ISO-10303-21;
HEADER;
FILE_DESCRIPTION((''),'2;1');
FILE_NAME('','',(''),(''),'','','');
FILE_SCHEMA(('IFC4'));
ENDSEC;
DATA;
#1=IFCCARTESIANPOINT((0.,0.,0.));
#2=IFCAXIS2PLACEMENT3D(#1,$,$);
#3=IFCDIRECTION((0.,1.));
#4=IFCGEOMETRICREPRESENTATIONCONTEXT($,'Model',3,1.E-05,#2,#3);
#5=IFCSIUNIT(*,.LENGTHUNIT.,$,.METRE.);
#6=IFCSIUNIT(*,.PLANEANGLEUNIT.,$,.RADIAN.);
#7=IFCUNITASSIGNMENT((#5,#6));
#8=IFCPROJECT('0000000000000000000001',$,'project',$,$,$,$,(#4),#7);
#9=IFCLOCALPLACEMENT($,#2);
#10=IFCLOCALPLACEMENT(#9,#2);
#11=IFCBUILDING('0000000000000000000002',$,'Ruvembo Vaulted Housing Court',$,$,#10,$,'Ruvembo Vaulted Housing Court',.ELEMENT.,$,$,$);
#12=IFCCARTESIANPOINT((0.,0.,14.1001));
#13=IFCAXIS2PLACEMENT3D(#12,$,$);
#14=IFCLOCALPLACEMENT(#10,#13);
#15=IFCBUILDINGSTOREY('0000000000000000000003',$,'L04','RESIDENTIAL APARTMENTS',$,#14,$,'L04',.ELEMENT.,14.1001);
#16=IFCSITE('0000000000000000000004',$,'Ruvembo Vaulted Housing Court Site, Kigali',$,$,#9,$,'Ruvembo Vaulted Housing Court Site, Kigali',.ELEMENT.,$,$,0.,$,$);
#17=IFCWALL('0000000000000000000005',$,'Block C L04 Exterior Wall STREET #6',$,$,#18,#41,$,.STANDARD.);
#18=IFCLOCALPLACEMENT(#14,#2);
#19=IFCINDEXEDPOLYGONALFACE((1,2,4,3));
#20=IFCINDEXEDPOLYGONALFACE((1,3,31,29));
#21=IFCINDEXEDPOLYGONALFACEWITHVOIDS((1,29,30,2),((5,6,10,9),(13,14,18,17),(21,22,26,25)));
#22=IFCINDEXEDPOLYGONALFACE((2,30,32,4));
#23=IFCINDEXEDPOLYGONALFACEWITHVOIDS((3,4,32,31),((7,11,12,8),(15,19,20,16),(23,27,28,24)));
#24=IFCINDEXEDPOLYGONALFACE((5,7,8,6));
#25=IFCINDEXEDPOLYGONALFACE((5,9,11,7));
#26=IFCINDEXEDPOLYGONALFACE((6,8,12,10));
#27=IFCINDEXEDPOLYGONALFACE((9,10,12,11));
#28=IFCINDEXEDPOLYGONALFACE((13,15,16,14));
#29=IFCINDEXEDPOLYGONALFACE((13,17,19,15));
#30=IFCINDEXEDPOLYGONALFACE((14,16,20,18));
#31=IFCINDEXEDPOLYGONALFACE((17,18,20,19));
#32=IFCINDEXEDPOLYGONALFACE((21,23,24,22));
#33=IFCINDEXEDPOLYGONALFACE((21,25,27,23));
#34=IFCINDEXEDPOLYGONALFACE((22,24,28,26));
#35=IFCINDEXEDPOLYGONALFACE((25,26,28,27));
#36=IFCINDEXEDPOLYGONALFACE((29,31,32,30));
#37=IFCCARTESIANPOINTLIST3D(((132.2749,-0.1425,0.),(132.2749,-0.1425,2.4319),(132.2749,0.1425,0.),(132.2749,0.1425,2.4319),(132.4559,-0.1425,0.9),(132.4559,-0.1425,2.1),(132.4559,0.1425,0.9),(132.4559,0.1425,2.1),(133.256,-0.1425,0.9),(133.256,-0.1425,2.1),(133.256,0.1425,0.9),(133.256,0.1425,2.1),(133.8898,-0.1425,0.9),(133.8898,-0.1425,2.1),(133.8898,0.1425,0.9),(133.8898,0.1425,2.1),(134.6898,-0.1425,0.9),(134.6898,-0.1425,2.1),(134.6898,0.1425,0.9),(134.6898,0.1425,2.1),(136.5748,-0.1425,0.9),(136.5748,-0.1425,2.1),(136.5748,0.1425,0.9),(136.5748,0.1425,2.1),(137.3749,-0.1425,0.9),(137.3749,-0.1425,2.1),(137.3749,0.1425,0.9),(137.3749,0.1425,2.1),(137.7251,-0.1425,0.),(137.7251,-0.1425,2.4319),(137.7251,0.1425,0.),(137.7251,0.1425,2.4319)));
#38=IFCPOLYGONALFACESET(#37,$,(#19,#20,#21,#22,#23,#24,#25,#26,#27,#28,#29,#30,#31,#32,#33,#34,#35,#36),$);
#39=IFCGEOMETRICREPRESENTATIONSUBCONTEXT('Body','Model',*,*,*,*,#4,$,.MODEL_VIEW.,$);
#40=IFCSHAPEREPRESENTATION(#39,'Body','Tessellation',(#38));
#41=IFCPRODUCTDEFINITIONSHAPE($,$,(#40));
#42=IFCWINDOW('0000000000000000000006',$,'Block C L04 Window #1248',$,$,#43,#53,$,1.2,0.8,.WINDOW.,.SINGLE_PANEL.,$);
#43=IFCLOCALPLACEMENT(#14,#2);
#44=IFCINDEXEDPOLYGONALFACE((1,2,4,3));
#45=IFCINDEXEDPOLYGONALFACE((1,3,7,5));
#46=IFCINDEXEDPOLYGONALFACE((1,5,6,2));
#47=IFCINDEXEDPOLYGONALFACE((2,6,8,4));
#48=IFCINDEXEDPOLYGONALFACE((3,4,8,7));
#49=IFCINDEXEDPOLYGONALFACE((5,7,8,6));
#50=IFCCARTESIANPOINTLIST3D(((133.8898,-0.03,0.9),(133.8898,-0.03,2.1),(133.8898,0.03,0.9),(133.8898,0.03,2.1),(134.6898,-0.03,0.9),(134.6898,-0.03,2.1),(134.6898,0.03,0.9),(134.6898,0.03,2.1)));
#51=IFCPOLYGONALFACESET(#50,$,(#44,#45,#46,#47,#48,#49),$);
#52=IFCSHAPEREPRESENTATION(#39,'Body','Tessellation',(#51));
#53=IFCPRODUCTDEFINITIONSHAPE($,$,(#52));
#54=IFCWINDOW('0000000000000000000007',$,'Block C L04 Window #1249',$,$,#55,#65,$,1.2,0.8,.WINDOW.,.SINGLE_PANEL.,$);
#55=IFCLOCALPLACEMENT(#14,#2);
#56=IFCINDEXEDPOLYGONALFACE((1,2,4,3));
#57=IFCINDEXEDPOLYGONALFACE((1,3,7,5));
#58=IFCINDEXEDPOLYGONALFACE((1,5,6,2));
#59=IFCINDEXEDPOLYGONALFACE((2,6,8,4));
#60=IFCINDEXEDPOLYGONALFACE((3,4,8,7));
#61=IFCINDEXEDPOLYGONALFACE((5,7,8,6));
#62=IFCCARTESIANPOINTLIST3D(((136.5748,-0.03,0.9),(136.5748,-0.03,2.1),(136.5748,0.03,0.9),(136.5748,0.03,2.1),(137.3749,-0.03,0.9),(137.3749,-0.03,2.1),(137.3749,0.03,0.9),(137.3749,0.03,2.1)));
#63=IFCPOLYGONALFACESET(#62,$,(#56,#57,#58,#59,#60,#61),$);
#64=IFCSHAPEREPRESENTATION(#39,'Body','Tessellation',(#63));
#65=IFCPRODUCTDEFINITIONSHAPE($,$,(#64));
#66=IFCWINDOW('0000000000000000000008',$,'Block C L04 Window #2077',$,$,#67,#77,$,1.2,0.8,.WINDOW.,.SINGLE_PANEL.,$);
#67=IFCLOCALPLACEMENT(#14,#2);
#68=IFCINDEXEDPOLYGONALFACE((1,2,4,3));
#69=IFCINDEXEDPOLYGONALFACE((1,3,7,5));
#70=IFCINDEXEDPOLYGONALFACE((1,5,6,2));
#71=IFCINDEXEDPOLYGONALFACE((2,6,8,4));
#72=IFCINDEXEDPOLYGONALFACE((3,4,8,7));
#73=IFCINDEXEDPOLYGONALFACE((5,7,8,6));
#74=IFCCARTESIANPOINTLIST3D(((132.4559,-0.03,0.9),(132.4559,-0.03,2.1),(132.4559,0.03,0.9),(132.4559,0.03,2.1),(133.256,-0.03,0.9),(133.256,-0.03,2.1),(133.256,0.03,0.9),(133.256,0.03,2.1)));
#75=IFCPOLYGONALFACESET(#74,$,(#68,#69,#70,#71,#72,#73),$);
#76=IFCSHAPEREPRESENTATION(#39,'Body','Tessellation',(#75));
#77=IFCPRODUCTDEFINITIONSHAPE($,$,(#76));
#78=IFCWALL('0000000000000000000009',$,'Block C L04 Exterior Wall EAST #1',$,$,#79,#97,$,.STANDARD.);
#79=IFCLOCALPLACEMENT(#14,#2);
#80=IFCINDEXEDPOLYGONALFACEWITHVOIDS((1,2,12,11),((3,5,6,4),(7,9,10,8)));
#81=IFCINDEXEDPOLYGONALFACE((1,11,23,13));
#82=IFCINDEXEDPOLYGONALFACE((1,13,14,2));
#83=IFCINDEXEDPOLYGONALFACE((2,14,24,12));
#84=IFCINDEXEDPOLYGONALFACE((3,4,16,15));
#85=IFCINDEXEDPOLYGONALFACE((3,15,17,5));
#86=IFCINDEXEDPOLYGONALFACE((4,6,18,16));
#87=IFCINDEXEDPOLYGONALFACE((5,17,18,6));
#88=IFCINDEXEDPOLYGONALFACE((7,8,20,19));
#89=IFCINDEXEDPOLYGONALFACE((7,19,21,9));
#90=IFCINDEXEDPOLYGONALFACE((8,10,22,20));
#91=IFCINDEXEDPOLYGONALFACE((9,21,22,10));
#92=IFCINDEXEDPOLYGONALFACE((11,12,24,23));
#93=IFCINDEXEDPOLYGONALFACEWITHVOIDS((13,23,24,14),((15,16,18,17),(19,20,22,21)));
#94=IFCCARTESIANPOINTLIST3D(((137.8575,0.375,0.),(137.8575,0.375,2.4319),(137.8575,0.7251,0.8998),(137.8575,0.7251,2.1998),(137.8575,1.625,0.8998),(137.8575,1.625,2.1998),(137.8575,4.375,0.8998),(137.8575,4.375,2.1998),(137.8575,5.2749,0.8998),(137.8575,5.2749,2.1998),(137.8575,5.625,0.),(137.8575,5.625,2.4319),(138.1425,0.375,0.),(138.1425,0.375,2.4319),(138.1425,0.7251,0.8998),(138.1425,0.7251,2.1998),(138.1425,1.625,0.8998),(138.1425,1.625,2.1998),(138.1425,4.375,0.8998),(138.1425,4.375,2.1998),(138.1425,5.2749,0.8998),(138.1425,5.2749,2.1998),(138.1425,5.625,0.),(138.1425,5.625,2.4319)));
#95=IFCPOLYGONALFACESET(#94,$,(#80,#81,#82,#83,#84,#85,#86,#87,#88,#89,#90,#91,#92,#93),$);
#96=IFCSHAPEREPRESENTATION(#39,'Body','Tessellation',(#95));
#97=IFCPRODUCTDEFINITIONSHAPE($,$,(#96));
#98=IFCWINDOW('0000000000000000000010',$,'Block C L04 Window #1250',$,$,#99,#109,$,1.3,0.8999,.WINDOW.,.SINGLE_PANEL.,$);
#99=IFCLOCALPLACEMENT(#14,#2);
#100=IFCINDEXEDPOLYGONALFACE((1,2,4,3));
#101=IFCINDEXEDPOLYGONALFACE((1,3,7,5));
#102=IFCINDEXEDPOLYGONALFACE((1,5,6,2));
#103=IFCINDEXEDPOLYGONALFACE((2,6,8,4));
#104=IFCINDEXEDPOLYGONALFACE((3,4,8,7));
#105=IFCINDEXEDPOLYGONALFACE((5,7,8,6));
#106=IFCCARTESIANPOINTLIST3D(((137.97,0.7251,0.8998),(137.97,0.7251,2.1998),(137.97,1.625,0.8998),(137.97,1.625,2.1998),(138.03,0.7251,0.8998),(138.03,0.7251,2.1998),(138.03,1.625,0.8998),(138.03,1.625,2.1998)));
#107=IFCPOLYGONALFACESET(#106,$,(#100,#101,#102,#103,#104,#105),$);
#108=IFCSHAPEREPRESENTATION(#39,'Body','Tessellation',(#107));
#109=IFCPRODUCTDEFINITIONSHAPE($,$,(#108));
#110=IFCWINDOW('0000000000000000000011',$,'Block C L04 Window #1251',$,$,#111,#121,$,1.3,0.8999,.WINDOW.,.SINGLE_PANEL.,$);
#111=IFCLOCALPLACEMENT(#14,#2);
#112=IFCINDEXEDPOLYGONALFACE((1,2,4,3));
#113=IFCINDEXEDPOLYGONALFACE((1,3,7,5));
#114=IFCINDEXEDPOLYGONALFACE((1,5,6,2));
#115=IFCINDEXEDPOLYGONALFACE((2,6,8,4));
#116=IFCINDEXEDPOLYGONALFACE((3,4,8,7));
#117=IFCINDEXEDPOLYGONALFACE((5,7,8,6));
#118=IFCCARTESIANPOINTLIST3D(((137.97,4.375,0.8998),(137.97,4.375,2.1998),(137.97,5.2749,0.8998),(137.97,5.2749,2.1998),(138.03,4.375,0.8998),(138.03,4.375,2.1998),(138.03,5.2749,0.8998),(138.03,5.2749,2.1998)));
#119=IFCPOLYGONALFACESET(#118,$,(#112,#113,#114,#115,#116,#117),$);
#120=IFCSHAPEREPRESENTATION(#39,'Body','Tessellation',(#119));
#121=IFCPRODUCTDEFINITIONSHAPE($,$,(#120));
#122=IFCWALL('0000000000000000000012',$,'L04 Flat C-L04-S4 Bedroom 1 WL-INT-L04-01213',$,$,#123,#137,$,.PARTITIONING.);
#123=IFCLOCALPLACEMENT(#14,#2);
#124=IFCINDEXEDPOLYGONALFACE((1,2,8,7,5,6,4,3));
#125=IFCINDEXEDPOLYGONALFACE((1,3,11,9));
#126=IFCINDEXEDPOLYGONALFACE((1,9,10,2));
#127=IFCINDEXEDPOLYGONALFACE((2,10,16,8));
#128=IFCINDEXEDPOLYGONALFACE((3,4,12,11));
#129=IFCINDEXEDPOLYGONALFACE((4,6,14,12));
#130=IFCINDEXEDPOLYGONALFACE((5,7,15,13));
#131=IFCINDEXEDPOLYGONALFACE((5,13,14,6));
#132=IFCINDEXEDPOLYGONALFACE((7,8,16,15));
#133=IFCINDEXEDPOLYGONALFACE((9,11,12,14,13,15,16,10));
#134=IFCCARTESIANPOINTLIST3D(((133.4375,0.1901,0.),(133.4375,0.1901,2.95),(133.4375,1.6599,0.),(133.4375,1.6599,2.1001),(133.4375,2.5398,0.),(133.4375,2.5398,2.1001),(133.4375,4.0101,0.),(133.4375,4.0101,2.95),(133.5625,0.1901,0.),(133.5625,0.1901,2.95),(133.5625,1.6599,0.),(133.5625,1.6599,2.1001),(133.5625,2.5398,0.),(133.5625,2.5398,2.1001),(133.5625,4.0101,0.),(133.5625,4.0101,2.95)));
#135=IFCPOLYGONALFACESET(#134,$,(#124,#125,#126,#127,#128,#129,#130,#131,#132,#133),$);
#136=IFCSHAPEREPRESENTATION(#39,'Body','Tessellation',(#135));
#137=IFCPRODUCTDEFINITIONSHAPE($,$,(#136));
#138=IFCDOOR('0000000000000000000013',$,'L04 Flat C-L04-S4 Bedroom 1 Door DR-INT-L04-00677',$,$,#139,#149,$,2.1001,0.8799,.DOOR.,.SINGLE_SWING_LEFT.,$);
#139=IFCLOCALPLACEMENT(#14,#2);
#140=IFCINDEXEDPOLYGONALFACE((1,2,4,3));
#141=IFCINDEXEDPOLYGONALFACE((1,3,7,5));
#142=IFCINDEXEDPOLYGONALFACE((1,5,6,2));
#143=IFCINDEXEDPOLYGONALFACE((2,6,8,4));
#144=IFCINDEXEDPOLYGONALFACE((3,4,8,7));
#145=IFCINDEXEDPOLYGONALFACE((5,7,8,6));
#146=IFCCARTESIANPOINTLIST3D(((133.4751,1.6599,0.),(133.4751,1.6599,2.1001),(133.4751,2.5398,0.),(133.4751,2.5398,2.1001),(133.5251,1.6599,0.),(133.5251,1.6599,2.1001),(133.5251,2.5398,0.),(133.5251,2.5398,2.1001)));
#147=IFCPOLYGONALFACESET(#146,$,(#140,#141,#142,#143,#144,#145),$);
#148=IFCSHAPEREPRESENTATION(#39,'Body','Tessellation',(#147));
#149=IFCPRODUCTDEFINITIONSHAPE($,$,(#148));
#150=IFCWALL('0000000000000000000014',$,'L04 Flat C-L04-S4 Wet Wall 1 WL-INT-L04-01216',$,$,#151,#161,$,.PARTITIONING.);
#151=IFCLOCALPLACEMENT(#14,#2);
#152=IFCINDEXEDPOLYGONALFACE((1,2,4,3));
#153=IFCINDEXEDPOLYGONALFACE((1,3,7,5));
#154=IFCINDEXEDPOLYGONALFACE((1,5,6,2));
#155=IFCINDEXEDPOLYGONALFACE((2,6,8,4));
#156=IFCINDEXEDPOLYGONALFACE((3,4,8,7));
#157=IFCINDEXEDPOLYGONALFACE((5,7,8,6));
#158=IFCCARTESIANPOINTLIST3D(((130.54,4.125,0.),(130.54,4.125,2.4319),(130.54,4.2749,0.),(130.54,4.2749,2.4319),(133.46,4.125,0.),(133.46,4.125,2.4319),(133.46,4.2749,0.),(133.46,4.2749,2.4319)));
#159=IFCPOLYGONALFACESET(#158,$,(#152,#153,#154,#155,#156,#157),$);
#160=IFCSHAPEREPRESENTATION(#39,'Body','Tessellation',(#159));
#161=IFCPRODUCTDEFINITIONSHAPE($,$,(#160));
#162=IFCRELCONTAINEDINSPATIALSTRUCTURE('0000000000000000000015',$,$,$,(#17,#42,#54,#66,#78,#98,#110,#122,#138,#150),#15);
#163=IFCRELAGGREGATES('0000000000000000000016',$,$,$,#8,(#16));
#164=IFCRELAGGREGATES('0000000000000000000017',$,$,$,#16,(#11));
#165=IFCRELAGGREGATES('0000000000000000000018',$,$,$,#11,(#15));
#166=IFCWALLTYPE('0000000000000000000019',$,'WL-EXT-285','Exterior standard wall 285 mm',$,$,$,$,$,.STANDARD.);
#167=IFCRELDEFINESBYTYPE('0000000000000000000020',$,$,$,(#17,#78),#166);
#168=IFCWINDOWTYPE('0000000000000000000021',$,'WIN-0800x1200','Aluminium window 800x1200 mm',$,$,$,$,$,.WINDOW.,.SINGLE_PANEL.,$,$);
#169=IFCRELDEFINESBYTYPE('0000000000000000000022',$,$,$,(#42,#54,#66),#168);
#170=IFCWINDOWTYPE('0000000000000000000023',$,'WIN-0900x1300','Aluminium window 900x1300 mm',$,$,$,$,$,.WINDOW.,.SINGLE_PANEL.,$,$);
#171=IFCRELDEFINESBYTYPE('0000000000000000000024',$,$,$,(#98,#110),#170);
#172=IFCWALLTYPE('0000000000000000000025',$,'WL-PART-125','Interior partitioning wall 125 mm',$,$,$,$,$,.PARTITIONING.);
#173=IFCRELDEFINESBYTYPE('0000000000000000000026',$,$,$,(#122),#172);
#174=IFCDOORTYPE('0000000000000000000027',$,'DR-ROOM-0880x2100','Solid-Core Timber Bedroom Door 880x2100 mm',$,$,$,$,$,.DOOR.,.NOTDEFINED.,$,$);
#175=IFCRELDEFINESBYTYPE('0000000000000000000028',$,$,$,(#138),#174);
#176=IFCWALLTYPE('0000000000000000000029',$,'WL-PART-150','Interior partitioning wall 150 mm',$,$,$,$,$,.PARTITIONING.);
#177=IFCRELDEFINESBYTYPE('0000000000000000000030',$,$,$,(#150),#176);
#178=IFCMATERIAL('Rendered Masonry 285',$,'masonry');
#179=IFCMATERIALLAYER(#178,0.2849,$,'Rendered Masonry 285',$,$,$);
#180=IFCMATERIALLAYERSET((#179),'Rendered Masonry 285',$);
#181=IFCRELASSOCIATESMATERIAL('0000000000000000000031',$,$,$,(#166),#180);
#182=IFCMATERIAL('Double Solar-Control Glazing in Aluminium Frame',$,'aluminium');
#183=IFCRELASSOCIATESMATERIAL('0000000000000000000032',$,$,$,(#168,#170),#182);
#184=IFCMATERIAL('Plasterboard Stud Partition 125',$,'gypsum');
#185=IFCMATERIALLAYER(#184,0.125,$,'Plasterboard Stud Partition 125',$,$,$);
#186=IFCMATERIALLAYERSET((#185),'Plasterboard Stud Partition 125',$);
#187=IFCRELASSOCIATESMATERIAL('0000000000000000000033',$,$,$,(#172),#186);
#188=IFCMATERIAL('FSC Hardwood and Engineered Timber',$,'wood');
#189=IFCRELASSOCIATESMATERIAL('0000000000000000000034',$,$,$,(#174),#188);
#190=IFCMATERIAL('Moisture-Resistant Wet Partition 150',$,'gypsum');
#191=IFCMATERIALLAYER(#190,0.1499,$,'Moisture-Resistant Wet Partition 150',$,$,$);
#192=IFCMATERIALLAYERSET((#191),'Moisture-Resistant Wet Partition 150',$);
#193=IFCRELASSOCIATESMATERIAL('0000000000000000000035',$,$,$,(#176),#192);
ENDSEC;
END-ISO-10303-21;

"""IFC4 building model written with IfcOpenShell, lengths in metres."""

from ifc_helpers import new_model, si_unit, direction, frame, frame_2d, origin, place, context, subcontext, project, spatial, rectangle, extrude, material, layer, layer_set, type_object, element, fill, save


model = new_model("IFC4")

# Units and contexts
model_context = context("Model", 3, precision=1e-05, world=origin(), true_north=direction((0.0, 1.0)))
body_context = subcontext(model_context, "Body", "Model", "MODEL_VIEW")
ifc_project = project(units=[si_unit("LENGTHUNIT", "METRE"), si_unit("PLANEANGLEUNIT", "RADIAN")], contexts=[model_context])

# Site, building, storey
site_placement = place(None, origin())
site = spatial("IfcSite", under=ifc_project, at=site_placement, Name="Ruvembo Vaulted Housing Court Site, Kigali", LongName="Ruvembo Vaulted Housing Court Site, Kigali", CompositionType="ELEMENT", RefElevation=0.0)
building_placement = place(site_placement, origin())
building = spatial("IfcBuilding", under=site, at=building_placement, Name="Ruvembo Vaulted Housing Court", LongName="Ruvembo Vaulted Housing Court", CompositionType="ELEMENT")
storey_placement = place(building_placement, frame((0.0, 0.0, 14.1001)))
storey = spatial("IfcBuildingStorey", under=building, at=storey_placement, Name="L04", Description="RESIDENTIAL APARTMENTS", LongName="L04", CompositionType="ELEMENT", Elevation=14.1001)

# Walls, openings, windows
ifc_material_1 = material(Name="Rendered Masonry 285", Category="masonry")
ifc_layer_1 = layer(ifc_material_1, 0.2849, Name="Rendered Masonry 285")
ifc_layer_set_1 = layer_set([ifc_layer_1], Name="Rendered Masonry 285")
wall_type_1 = type_object("IfcWallType", Name="WL-EXT-285", Description="Exterior standard wall 285 mm", PredefinedType="STANDARD", material=ifc_layer_set_1)
ifc_material_2 = material(Name="Double Solar-Control Glazing in Aluminium Frame", Category="aluminium")
wall_1_placement = place(storey_placement, frame((132.2749, 0.0, 0.0), z_axis=(0.0, 0.0, 1.0), x_axis=(1.0, 0.0, 0.0)))
wall_1 = element("IfcWall", 1, at=wall_1_placement, inside=storey, type_object=wall_type_1, Name="Block C L04 Exterior Wall STREET #6", PredefinedType="STANDARD", context=body_context, shape_type="SweptSolid", body=[
    extrude(rectangle(XDim=5.4502, YDim=0.2849, at=frame_2d((2.7251, 0.0))), origin(), (0.0, 0.0, 1.0), 2.4319),
])
opening_1_placement = place(wall_1_placement, frame((1.615, 0.0, 0.8999)))
opening_1 = element("IfcOpeningElement", 2, at=opening_1_placement, cuts=wall_1, PredefinedType="OPENING", context=body_context, shape_type="SweptSolid", body=[
    extrude(rectangle(XDim=0.8, YDim=1.2, at=frame_2d((0.3999, 0.6001))), frame((0.0, 0.1523, 0.0), z_axis=(0.0, -1.0, 0.0), x_axis=(1.0, 0.0, 0.0)), (0.0, 0.0, 1.0), 0.3049),
])
opening_2_placement = place(wall_1_placement, frame((4.3, 0.0, 0.8999)))
opening_2 = element("IfcOpeningElement", 3, at=opening_2_placement, cuts=wall_1, PredefinedType="OPENING", context=body_context, shape_type="SweptSolid", body=[
    extrude(rectangle(XDim=0.8, YDim=1.2, at=frame_2d((0.3999, 0.6001))), frame((0.0, 0.1523, 0.0), z_axis=(0.0, -1.0, 0.0), x_axis=(1.0, 0.0, 0.0)), (0.0, 0.0, 1.0), 0.3049),
])
opening_3_placement = place(wall_1_placement, frame((0.1812, 0.0, 0.8999)))
opening_3 = element("IfcOpeningElement", 4, at=opening_3_placement, cuts=wall_1, PredefinedType="OPENING", context=body_context, shape_type="SweptSolid", body=[
    extrude(rectangle(XDim=0.8, YDim=1.2, at=frame_2d((0.3999, 0.6001))), frame((0.0, 0.1523, 0.0), z_axis=(0.0, -1.0, 0.0), x_axis=(1.0, 0.0, 0.0)), (0.0, 0.0, 1.0), 0.3049),
])
window_type_1 = type_object("IfcWindowType", Name="WIN-0800x1200", Description="Aluminium window 800x1200 mm", PartitioningType="SINGLE_PANEL", PredefinedType="WINDOW", material=ifc_material_2)
window_1_placement = place(opening_1_placement, origin())
window_1 = element("IfcWindow", 5, at=window_1_placement, inside=storey, type_object=window_type_1, Name="Block C L04 Window #1248", OverallHeight=1.2, OverallWidth=0.8, PartitioningType="SINGLE_PANEL", PredefinedType="WINDOW", context=body_context, shape_type="SweptSolid", body=[
    extrude(rectangle(XDim=0.8, YDim=1.2, at=frame_2d((0.3999, 0.6001))), frame((0.0, 0.03, 0.0), z_axis=(0.0, -1.0, 0.0), x_axis=(1.0, 0.0, 0.0)), (0.0, 0.0, 1.0), 0.0601),
])
fill(opening_1, window_1)
window_2_placement = place(opening_2_placement, origin())
window_2 = element("IfcWindow", 6, at=window_2_placement, inside=storey, type_object=window_type_1, Name="Block C L04 Window #1249", OverallHeight=1.2, OverallWidth=0.8, PartitioningType="SINGLE_PANEL", PredefinedType="WINDOW", context=body_context, shape_type="SweptSolid", body=[
    extrude(rectangle(XDim=0.8, YDim=1.2, at=frame_2d((0.3999, 0.6001))), frame((0.0, 0.03, 0.0), z_axis=(0.0, -1.0, 0.0), x_axis=(1.0, 0.0, 0.0)), (0.0, 0.0, 1.0), 0.0601),
])
fill(opening_2, window_2)
window_3_placement = place(opening_3_placement, origin())
window_3 = element("IfcWindow", 7, at=window_3_placement, inside=storey, type_object=window_type_1, Name="Block C L04 Window #2077", OverallHeight=1.2, OverallWidth=0.8, PartitioningType="SINGLE_PANEL", PredefinedType="WINDOW", context=body_context, shape_type="SweptSolid", body=[
    extrude(rectangle(XDim=0.8, YDim=1.2, at=frame_2d((0.3999, 0.6001))), frame((0.0, 0.03, 0.0), z_axis=(0.0, -1.0, 0.0), x_axis=(1.0, 0.0, 0.0)), (0.0, 0.0, 1.0), 0.0601),
])
fill(opening_3, window_3)
wall_2_placement = place(storey_placement, frame((138.0, 0.375, 0.0), z_axis=(0.0, 0.0, 1.0), x_axis=(0.0, 1.0, 0.0)))
wall_2 = element("IfcWall", 8, at=wall_2_placement, inside=storey, type_object=wall_type_1, Name="Block C L04 Exterior Wall EAST #1", PredefinedType="STANDARD", context=body_context, shape_type="SweptSolid", body=[
    extrude(rectangle(XDim=5.25, YDim=0.2849, at=frame_2d((2.625, 0.0))), origin(), (0.0, 0.0, 1.0), 2.4319),
])
opening_4_placement = place(wall_2_placement, frame((0.3501, 0.0, 0.8999)))
opening_4 = element("IfcOpeningElement", 9, at=opening_4_placement, cuts=wall_2, PredefinedType="OPENING", context=body_context, shape_type="SweptSolid", body=[
    extrude(rectangle(XDim=0.8999, YDim=1.3, at=frame_2d((0.45, 0.6499))), frame((0.0, 0.1523, 0.0), z_axis=(0.0, -1.0, 0.0), x_axis=(1.0, 0.0, 0.0)), (0.0, 0.0, 1.0), 0.3049),
])
opening_5_placement = place(wall_2_placement, frame((4.0, 0.0, 0.8999)))
opening_5 = element("IfcOpeningElement", 10, at=opening_5_placement, cuts=wall_2, PredefinedType="OPENING", context=body_context, shape_type="SweptSolid", body=[
    extrude(rectangle(XDim=0.8999, YDim=1.3, at=frame_2d((0.45, 0.6499))), frame((0.0, 0.1523, 0.0), z_axis=(0.0, -1.0, 0.0), x_axis=(1.0, 0.0, 0.0)), (0.0, 0.0, 1.0), 0.3049),
])
window_type_2 = type_object("IfcWindowType", Name="WIN-0900x1300", Description="Aluminium window 900x1300 mm", PartitioningType="SINGLE_PANEL", PredefinedType="WINDOW", material=ifc_material_2)
window_4_placement = place(opening_4_placement, origin())
window_4 = element("IfcWindow", 11, at=window_4_placement, inside=storey, type_object=window_type_2, Name="Block C L04 Window #1250", OverallHeight=1.3, OverallWidth=0.8999, PartitioningType="SINGLE_PANEL", PredefinedType="WINDOW", context=body_context, shape_type="SweptSolid", body=[
    extrude(rectangle(XDim=0.8999, YDim=1.3, at=frame_2d((0.45, 0.6499))), frame((0.0, 0.03, 0.0), z_axis=(0.0, -1.0, 0.0), x_axis=(1.0, 0.0, 0.0)), (0.0, 0.0, 1.0), 0.0601),
])
fill(opening_4, window_4)
window_5_placement = place(opening_5_placement, origin())
window_5 = element("IfcWindow", 12, at=window_5_placement, inside=storey, type_object=window_type_2, Name="Block C L04 Window #1251", OverallHeight=1.3, OverallWidth=0.8999, PartitioningType="SINGLE_PANEL", PredefinedType="WINDOW", context=body_context, shape_type="SweptSolid", body=[
    extrude(rectangle(XDim=0.8999, YDim=1.3, at=frame_2d((0.45, 0.6499))), frame((0.0, 0.03, 0.0), z_axis=(0.0, -1.0, 0.0), x_axis=(1.0, 0.0, 0.0)), (0.0, 0.0, 1.0), 0.0601),
])
fill(opening_5, window_5)

# Wall, opening, door
ifc_material_3 = material(Name="Plasterboard Stud Partition 125", Category="gypsum")
ifc_layer_2 = layer(ifc_material_3, 0.125, Name="Plasterboard Stud Partition 125")
ifc_layer_set_2 = layer_set([ifc_layer_2], Name="Plasterboard Stud Partition 125")
wall_type_2 = type_object("IfcWallType", Name="WL-PART-125", Description="Interior partitioning wall 125 mm", PredefinedType="PARTITIONING", material=ifc_layer_set_2)
wall_3_placement = place(storey_placement, frame((133.5, 0.1899, 0.0), z_axis=(0.0, 0.0, 1.0), x_axis=(0.0, 1.0, 0.0)))
wall_3 = element("IfcWall", 13, at=wall_3_placement, inside=storey, type_object=wall_type_2, Name="L04 Flat C-L04-S4 Bedroom 1 WL-INT-L04-01213", PredefinedType="PARTITIONING", context=body_context, shape_type="SweptSolid", body=[
    extrude(rectangle(XDim=3.8201, YDim=0.125, at=frame_2d((1.9102, 0.0))), origin(), (0.0, 0.0, 1.0), 2.95),
])
opening_6_placement = place(wall_3_placement, frame((1.47, 0.0, 0.0)))
opening_6 = element("IfcOpeningElement", 14, at=opening_6_placement, cuts=wall_3, PredefinedType="OPENING", context=body_context, shape_type="SweptSolid", body=[
    extrude(rectangle(XDim=0.8799, YDim=2.1001, at=frame_2d((0.4399, 1.05))), frame((0.0, 0.0725, 0.0), z_axis=(0.0, -1.0, 0.0), x_axis=(1.0, 0.0, 0.0)), (0.0, 0.0, 1.0), 0.145),
])
ifc_material_4 = material(Name="FSC Hardwood and Engineered Timber", Category="wood")
door_type_1 = type_object("IfcDoorType", Name="DR-ROOM-0880x2100", Description="Solid-Core Timber Bedroom Door 880x2100 mm", OperationType="NOTDEFINED", PredefinedType="DOOR", material=ifc_material_4)
door_1_placement = place(opening_6_placement, origin())
door_1 = element("IfcDoor", 15, at=door_1_placement, inside=storey, type_object=door_type_1, Name="L04 Flat C-L04-S4 Bedroom 1 Door DR-INT-L04-00677", OperationType="SINGLE_SWING_LEFT", OverallHeight=2.1001, OverallWidth=0.8799, PredefinedType="DOOR", context=body_context, shape_type="SweptSolid", body=[
    extrude(rectangle(XDim=0.8799, YDim=2.1001, at=frame_2d((0.4399, 1.05))), frame((0.0, 0.0249, 0.0), z_axis=(0.0, -1.0, 0.0), x_axis=(1.0, 0.0, 0.0)), (0.0, 0.0, 1.0), 0.05),
])
fill(opening_6, door_1)

# Wall
ifc_material_5 = material(Name="Moisture-Resistant Wet Partition 150", Category="gypsum")
ifc_layer_3 = layer(ifc_material_5, 0.1499, Name="Moisture-Resistant Wet Partition 150")
ifc_layer_set_3 = layer_set([ifc_layer_3], Name="Moisture-Resistant Wet Partition 150")
wall_type_3 = type_object("IfcWallType", Name="WL-PART-150", Description="Interior partitioning wall 150 mm", PredefinedType="PARTITIONING", material=ifc_layer_set_3)
wall_4_placement = place(storey_placement, frame((130.54, 4.2, 0.0), z_axis=(0.0, 0.0, 1.0), x_axis=(1.0, 0.0, 0.0)))
element("IfcWall", 16, at=wall_4_placement, inside=storey, type_object=wall_type_3, Name="L04 Flat C-L04-S4 Wet Wall 1 WL-INT-L04-01216", PredefinedType="PARTITIONING", context=body_context, shape_type="SweptSolid", body=[
    extrude(rectangle(XDim=2.9199, YDim=0.1499, at=frame_2d((1.46, 0.0))), origin(), (0.0, 0.0, 1.0), 2.4319),
])

save(model, "model.ifc")
